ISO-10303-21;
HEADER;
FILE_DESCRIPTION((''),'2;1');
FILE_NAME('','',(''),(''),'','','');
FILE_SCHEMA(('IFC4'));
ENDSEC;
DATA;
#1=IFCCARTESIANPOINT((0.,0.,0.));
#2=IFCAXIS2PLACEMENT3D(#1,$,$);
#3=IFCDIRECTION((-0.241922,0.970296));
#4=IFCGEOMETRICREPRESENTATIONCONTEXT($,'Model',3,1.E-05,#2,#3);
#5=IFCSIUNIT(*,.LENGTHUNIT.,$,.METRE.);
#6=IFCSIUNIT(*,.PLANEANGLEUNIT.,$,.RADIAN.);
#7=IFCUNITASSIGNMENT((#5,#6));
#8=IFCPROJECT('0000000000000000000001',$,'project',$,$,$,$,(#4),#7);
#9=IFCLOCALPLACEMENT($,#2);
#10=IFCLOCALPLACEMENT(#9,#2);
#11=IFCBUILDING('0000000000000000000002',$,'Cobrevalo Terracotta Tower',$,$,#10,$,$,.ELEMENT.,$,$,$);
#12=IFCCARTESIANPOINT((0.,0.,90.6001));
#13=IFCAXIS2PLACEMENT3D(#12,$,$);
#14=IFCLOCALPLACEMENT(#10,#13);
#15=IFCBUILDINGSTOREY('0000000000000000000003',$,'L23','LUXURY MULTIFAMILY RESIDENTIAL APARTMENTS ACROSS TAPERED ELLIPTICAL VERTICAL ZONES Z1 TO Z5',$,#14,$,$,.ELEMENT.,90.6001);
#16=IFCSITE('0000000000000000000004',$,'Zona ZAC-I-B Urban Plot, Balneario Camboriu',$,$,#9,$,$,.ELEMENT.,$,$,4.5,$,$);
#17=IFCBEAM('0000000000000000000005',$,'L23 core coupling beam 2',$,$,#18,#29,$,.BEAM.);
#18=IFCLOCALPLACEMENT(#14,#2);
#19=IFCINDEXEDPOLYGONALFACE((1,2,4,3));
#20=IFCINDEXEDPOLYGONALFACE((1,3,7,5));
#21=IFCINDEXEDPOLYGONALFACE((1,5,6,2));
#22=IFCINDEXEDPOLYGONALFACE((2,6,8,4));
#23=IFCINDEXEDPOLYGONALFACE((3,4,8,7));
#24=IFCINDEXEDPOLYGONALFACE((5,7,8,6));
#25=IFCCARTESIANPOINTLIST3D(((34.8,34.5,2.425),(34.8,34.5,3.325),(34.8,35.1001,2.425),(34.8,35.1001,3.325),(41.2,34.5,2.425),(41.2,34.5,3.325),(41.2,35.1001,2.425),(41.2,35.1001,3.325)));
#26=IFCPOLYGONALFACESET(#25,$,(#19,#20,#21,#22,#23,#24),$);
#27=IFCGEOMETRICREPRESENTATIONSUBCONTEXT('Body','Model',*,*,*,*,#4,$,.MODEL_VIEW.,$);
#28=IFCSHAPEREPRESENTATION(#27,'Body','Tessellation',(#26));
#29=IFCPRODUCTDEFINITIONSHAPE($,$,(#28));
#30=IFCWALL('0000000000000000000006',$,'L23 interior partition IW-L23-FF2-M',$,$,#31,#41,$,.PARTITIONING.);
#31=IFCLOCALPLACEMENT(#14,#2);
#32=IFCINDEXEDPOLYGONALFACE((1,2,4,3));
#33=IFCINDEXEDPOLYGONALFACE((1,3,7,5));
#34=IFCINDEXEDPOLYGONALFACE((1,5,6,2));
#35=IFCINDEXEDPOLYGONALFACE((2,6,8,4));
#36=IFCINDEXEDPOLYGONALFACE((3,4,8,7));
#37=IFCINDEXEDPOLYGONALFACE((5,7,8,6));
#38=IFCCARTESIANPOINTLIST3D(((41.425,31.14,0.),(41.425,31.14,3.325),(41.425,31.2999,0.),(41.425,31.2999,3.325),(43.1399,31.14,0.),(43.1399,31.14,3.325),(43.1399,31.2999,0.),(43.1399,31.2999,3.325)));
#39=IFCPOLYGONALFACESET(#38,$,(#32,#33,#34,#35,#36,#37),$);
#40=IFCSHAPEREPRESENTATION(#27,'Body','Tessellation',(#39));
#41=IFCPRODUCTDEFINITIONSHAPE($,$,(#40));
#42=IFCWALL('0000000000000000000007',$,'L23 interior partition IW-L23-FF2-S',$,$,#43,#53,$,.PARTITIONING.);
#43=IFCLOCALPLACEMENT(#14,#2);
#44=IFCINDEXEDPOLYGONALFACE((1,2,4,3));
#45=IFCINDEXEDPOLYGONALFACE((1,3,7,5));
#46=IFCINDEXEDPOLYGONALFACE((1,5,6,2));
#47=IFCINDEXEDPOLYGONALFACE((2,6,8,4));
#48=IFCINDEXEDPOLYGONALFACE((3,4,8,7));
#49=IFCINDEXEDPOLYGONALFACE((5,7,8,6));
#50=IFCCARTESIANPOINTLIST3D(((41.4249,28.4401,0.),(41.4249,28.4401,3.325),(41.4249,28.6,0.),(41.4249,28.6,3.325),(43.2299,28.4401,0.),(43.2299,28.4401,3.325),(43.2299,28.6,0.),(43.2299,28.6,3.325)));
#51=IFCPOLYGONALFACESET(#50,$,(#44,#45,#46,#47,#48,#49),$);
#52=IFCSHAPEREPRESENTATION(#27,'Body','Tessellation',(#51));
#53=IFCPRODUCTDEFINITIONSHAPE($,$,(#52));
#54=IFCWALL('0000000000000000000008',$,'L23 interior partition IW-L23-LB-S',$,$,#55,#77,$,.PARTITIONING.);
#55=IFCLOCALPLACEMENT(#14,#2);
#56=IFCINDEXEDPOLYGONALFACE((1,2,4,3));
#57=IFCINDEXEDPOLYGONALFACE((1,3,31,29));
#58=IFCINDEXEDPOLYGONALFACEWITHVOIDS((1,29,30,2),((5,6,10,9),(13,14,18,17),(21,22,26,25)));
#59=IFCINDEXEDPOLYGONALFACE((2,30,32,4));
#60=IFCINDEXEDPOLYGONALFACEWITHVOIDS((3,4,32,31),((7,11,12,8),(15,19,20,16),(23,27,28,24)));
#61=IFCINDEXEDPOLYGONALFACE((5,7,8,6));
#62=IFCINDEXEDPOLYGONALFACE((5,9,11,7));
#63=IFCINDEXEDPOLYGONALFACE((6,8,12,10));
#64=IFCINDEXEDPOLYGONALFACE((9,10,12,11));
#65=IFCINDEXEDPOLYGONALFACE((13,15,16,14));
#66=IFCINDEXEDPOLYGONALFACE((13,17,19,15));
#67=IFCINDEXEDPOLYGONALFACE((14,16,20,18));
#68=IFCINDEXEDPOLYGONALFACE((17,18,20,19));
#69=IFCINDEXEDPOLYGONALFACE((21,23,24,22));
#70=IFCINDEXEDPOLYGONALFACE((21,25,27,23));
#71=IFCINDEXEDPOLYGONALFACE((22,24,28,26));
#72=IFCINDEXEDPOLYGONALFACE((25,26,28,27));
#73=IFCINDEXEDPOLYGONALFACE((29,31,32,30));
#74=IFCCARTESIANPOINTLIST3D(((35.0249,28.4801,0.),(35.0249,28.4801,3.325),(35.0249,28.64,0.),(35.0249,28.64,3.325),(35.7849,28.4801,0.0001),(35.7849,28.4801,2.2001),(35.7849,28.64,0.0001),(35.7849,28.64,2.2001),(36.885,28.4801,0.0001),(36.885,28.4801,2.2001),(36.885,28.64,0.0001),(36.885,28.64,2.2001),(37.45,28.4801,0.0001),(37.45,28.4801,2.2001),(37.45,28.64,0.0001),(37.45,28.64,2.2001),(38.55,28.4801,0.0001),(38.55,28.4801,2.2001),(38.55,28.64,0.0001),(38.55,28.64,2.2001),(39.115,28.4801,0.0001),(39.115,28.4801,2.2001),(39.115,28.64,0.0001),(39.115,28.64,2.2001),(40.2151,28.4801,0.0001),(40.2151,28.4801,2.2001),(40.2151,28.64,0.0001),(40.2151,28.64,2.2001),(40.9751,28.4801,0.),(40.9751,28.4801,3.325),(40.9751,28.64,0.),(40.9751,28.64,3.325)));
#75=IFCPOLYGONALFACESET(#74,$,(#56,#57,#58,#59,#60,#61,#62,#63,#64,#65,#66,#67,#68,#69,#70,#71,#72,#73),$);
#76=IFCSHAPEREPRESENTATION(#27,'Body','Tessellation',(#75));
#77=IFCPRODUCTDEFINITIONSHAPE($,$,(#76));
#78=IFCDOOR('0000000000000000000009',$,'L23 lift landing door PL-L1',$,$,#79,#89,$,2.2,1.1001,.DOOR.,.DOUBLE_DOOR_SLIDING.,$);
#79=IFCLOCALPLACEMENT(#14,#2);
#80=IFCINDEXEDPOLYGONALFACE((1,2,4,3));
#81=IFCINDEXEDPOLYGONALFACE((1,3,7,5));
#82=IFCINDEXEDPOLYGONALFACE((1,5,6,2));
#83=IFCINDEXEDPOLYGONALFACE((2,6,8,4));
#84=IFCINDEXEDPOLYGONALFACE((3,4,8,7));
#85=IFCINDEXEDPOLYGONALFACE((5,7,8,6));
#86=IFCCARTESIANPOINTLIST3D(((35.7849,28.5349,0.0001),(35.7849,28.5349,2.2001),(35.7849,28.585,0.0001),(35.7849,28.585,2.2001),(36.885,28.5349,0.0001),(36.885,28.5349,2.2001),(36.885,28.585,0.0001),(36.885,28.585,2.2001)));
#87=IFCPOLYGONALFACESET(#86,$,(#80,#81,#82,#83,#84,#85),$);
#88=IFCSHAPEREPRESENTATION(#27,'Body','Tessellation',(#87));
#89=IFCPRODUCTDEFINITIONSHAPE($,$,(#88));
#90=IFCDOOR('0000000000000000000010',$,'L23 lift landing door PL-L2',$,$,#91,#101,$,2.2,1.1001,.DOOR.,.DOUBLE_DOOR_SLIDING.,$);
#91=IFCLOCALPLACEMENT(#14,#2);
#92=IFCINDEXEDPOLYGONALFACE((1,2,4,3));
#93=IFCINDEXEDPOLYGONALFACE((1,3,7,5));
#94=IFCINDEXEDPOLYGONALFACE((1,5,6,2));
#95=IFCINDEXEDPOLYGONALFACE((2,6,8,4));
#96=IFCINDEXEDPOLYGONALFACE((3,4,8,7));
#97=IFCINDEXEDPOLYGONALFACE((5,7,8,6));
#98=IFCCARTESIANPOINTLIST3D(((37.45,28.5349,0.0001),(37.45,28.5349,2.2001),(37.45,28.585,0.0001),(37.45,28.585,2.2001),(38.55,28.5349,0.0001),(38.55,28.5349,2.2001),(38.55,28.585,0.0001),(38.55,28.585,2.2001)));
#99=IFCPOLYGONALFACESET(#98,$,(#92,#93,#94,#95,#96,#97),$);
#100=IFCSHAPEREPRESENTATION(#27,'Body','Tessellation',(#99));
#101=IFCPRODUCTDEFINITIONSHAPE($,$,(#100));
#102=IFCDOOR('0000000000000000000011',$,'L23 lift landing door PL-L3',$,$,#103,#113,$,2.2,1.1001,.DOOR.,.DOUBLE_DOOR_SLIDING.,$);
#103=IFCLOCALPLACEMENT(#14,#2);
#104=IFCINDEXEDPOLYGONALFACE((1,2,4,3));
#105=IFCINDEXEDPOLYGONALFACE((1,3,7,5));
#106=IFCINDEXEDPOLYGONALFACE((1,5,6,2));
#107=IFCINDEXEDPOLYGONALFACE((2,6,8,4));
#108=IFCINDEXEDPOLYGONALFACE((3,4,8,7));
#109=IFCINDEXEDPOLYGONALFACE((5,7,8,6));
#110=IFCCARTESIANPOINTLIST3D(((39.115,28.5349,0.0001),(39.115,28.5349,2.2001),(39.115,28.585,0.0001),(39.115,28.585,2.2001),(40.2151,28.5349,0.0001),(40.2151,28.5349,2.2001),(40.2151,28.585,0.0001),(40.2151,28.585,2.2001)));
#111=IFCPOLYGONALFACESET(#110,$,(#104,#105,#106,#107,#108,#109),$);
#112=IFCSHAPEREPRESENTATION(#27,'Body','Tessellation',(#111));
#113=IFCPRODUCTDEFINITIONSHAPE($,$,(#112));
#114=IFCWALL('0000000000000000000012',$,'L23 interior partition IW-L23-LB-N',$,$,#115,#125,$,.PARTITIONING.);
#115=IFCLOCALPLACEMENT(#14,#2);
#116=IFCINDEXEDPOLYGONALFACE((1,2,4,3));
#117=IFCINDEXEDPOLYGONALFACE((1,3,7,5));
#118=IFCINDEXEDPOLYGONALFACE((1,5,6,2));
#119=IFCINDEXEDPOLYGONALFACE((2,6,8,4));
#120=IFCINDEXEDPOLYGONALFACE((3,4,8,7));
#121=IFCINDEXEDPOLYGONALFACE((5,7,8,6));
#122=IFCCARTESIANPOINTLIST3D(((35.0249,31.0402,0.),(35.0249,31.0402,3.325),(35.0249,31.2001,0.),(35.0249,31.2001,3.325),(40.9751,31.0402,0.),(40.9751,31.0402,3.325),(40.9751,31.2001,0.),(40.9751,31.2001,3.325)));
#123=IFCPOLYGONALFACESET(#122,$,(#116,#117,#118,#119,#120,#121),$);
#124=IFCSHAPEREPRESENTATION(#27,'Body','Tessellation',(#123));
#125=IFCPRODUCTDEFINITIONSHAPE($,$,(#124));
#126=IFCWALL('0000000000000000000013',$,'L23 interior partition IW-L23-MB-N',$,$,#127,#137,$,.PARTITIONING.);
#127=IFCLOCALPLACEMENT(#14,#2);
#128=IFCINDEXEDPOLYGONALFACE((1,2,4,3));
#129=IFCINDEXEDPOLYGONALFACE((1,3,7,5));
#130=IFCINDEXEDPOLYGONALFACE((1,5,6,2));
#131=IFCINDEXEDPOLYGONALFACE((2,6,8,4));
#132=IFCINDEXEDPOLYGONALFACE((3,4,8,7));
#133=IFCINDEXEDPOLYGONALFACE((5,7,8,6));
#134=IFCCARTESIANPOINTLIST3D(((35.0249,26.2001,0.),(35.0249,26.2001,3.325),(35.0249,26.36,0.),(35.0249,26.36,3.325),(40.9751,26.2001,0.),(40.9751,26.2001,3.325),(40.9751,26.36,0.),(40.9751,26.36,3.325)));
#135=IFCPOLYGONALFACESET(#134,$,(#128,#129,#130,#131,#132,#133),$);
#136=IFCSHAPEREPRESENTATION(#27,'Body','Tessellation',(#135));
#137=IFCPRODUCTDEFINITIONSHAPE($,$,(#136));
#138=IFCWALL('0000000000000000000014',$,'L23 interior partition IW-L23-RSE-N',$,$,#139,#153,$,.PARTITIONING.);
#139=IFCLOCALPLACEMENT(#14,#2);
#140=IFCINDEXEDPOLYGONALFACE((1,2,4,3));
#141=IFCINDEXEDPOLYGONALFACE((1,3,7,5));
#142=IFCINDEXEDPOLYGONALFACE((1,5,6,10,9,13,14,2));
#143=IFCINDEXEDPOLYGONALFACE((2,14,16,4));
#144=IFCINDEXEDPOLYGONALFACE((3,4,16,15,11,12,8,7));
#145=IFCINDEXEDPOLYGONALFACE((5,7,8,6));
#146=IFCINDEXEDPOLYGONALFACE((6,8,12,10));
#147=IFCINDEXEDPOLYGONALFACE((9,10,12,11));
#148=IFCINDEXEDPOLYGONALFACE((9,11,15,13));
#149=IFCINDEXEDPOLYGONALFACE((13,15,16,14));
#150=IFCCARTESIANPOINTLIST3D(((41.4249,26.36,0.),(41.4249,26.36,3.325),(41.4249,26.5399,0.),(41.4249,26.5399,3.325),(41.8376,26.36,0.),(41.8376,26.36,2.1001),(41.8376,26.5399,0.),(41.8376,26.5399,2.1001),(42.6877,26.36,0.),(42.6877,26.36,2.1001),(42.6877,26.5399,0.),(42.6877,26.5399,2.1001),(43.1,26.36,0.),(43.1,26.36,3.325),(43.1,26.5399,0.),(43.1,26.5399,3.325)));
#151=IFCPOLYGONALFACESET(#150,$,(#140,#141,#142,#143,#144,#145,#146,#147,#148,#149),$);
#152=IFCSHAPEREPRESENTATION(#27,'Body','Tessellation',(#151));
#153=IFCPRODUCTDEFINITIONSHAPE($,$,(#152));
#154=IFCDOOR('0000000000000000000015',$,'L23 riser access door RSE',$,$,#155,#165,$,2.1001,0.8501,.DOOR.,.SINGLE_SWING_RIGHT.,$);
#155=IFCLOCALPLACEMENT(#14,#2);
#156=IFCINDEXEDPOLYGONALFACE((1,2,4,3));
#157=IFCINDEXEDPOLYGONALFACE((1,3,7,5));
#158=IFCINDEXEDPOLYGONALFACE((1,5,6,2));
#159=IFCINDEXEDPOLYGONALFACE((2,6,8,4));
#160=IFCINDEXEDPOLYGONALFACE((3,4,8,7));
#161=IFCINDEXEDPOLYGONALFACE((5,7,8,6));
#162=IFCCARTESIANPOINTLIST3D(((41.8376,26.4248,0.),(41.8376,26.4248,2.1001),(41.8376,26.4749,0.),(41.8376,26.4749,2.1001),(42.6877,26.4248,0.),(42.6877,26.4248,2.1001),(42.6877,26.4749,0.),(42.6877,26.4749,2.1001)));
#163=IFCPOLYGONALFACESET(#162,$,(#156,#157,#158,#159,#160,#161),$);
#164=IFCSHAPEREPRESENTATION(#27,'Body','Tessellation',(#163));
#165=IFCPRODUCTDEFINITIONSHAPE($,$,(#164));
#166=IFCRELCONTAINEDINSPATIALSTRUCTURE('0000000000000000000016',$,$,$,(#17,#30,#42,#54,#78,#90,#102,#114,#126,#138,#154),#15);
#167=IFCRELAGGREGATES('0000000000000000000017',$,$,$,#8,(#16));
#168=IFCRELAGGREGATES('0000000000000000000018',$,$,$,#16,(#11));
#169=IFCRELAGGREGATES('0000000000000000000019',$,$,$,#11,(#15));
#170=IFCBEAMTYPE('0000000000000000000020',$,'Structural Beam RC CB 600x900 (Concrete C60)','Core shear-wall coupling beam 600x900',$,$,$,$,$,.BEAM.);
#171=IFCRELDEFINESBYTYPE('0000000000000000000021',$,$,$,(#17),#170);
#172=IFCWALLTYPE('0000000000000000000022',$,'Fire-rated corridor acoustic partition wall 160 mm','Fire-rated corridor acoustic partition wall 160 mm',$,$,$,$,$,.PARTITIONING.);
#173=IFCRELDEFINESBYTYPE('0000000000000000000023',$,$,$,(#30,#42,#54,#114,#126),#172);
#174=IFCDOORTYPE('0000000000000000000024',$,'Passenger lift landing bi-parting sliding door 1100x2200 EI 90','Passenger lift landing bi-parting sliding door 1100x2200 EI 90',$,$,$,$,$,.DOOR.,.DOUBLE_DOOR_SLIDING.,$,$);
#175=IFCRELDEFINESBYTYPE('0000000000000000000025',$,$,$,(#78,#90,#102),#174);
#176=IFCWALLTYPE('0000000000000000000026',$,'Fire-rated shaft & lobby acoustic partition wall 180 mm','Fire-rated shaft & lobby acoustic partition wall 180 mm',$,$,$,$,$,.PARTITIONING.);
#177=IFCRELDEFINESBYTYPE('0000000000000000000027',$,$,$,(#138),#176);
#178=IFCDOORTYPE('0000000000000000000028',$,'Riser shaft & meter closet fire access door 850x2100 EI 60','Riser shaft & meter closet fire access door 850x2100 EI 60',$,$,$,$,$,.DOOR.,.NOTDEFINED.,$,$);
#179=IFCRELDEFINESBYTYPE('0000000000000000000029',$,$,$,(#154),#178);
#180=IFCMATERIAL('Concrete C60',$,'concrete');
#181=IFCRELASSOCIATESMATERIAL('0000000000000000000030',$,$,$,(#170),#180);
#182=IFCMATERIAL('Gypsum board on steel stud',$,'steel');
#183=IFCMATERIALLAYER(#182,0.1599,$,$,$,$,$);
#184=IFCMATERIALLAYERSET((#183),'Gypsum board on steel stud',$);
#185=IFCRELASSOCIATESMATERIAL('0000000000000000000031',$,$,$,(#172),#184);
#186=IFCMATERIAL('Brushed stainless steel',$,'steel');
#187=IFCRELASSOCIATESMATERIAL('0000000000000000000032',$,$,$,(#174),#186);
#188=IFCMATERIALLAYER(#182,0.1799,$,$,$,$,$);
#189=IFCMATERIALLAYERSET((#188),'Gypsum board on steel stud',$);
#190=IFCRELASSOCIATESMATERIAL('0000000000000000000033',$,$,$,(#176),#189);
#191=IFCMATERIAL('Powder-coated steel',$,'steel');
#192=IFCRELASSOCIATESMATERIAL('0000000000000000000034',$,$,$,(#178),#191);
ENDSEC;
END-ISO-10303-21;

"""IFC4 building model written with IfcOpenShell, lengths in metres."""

from ifc_helpers import new_model, si_unit, direction, frame, frame_2d, origin, origin_2d, place, context, subcontext, project, spatial, rectangle, extrude, source, transform, mapped, material, layer, layer_set, material_profile, profile_set, type_object, element, fill, save


model = new_model("IFC4")

# Units and contexts
model_context = context("Model", 3, precision=1e-05, world=origin(), true_north=direction((-0.241922, 0.970296)))
body_context = subcontext(model_context, "Body", "Model", "MODEL_VIEW")
ifc_project = project(units=[si_unit("LENGTHUNIT", "METRE"), si_unit("PLANEANGLEUNIT", "RADIAN")], contexts=[model_context])

# Site, building, storey
site_placement = place(None, origin())
site = spatial("IfcSite", under=ifc_project, at=site_placement, Name="Zona ZAC-I-B Urban Plot, Balneario Camboriu", CompositionType="ELEMENT", RefElevation=4.5)
building_placement = place(site_placement, origin())
building = spatial("IfcBuilding", under=site, at=building_placement, Name="Cobrevalo Terracotta Tower", CompositionType="ELEMENT")
storey_placement = place(building_placement, frame((0.0, 0.0, 90.6001)))
storey = spatial("IfcBuildingStorey", under=building, at=storey_placement, Name="L23", Description="LUXURY MULTIFAMILY RESIDENTIAL APARTMENTS ACROSS TAPERED ELLIPTICAL VERTICAL ZONES Z1 TO Z5", CompositionType="ELEMENT", Elevation=90.6001)

# Beam
ifc_material_1 = material(Name="Concrete C60", Category="concrete")
ifc_material_profile = material_profile(ifc_material_1, rectangle(XDim=0.6001, YDim=0.8999, at=origin_2d()), Name="RC CB 600x900")
ifc_profile_set = profile_set([ifc_material_profile], Name="Concrete C60")
beam_type = type_object("IfcBeamType", Name="Structural Beam RC CB 600x900 (Concrete C60)", Description="Core shear-wall coupling beam 600x900", PredefinedType="BEAM", material=ifc_profile_set)
beam_placement = place(storey_placement, frame((34.8, 34.8, 2.875), z_axis=(1.0, 0.0, 0.0), x_axis=(0.0, 1.0, 0.0)))
element("IfcBeam", 1, at=beam_placement, inside=storey, type_object=beam_type, Name="L23 core coupling beam 2", PredefinedType="BEAM", context=body_context, shape_type="SweptSolid", body=[
    extrude(rectangle(XDim=0.6001, YDim=0.8999, at=origin_2d()), origin(), (0.0, 0.0, 1.0), 6.3999),
])

# Walls
ifc_material_2 = material(Name="Gypsum board on steel stud", Category="steel")
ifc_layer_1 = layer(ifc_material_2, 0.1599)
ifc_layer_set_1 = layer_set([ifc_layer_1], Name="Gypsum board on steel stud")
wall_type_1 = type_object("IfcWallType", Name="Fire-rated corridor acoustic partition wall 160 mm", Description="Fire-rated corridor acoustic partition wall 160 mm", PredefinedType="PARTITIONING", material=ifc_layer_set_1)
wall_1_placement = place(storey_placement, frame((41.425, 31.22, 0.0), z_axis=(0.0, 0.0, 1.0), x_axis=(1.0, 0.0, 0.0)))
element("IfcWall", 2, at=wall_1_placement, inside=storey, type_object=wall_type_1, Name="L23 interior partition IW-L23-FF2-M", PredefinedType="PARTITIONING", context=body_context, shape_type="SweptSolid", body=[
    extrude(rectangle(XDim=1.7148, YDim=0.1599, at=frame_2d((0.8574, 0.0))), origin(), (0.0, 0.0, 1.0), 3.325),
])
wall_2_placement = place(storey_placement, frame((41.425, 28.52, 0.0), z_axis=(0.0, 0.0, 1.0), x_axis=(1.0, 0.0, 0.0)))
element("IfcWall", 3, at=wall_2_placement, inside=storey, type_object=wall_type_1, Name="L23 interior partition IW-L23-FF2-S", PredefinedType="PARTITIONING", context=body_context, shape_type="SweptSolid", body=[
    extrude(rectangle(XDim=1.8049, YDim=0.1599, at=frame_2d((0.9023, 0.0))), origin(), (0.0, 0.0, 1.0), 3.325),
])

# Wall, openings, doors
wall_3_placement = place(storey_placement, frame((35.0249, 28.5601, 0.0), z_axis=(0.0, 0.0, 1.0), x_axis=(1.0, 0.0, 0.0)))
wall_3 = element("IfcWall", 4, at=wall_3_placement, inside=storey, type_object=wall_type_1, Name="L23 interior partition IW-L23-LB-S", PredefinedType="PARTITIONING", context=body_context, shape_type="SweptSolid", body=[
    extrude(rectangle(XDim=5.9502, YDim=0.1599, at=frame_2d((2.9751, 0.0))), origin(), (0.0, 0.0, 1.0), 3.325),
])
opening_1_placement = place(wall_3_placement, frame((0.76, 0.0, 0.0)))
opening_1 = element("IfcOpeningElement", 5, at=opening_1_placement, cuts=wall_3, PredefinedType="OPENING", context=body_context, shape_type="SweptSolid", body=[
    extrude(rectangle(XDim=1.1001, YDim=2.2, at=frame_2d((0.55, 1.1001))), frame((0.0, 0.0898, 0.0), z_axis=(0.0, -1.0, 0.0), x_axis=(1.0, 0.0, 0.0)), (0.0, 0.0, 1.0), 0.1799),
])
opening_2_placement = place(wall_3_placement, frame((2.425, 0.0, 0.0)))
opening_2 = element("IfcOpeningElement", 6, at=opening_2_placement, cuts=wall_3, PredefinedType="OPENING", context=body_context, shape_type="SweptSolid", body=[
    extrude(rectangle(XDim=1.1001, YDim=2.2, at=frame_2d((0.55, 1.1001))), frame((0.0, 0.0898, 0.0), z_axis=(0.0, -1.0, 0.0), x_axis=(1.0, 0.0, 0.0)), (0.0, 0.0, 1.0), 0.1799),
])
opening_3_placement = place(wall_3_placement, frame((4.0901, 0.0, 0.0)))
opening_3 = element("IfcOpeningElement", 7, at=opening_3_placement, cuts=wall_3, PredefinedType="OPENING", context=body_context, shape_type="SweptSolid", body=[
    extrude(rectangle(XDim=1.1001, YDim=2.2, at=frame_2d((0.55, 1.1001))), frame((0.0, 0.0898, 0.0), z_axis=(0.0, -1.0, 0.0), x_axis=(1.0, 0.0, 0.0)), (0.0, 0.0, 1.0), 0.1799),
])
ifc_material_3 = material(Name="Brushed stainless steel", Category="steel")
door_type_1 = type_object("IfcDoorType", Name="Passenger lift landing bi-parting sliding door 1100x2200 EI 90", Description="Passenger lift landing bi-parting sliding door 1100x2200 EI 90", OperationType="DOUBLE_DOOR_SLIDING", PredefinedType="DOOR", material=ifc_material_3)
shared_shape_1 = source(origin(), body_context, "Body", "SweptSolid", [
    extrude(rectangle(XDim=1.1001, YDim=2.2, at=frame_2d((0.55, 1.1001))), frame((0.0, 0.0249, 0.0), z_axis=(0.0, -1.0, 0.0), x_axis=(1.0, 0.0, 0.0)), (0.0, 0.0, 1.0), 0.05),
])
door_1_placement = place(opening_1_placement, origin())
door_1 = element("IfcDoor", 8, at=door_1_placement, inside=storey, type_object=door_type_1, Name="L23 lift landing door PL-L1", OperationType="DOUBLE_DOOR_SLIDING", OverallHeight=2.2, OverallWidth=1.1001, PredefinedType="DOOR", context=body_context, shape_type="MappedRepresentation", body=[
    mapped(shared_shape_1, transform((0.0, 0.0, 0.0), scale=1.0)),
])
fill(opening_1, door_1)
door_2_placement = place(opening_2_placement, origin())
door_2 = element("IfcDoor", 9, at=door_2_placement, inside=storey, type_object=door_type_1, Name="L23 lift landing door PL-L2", OperationType="DOUBLE_DOOR_SLIDING", OverallHeight=2.2, OverallWidth=1.1001, PredefinedType="DOOR", context=body_context, shape_type="MappedRepresentation", body=[
    mapped(shared_shape_1, transform((0.0, 0.0, 0.0), scale=1.0)),
])
fill(opening_2, door_2)
door_3_placement = place(opening_3_placement, origin())
door_3 = element("IfcDoor", 10, at=door_3_placement, inside=storey, type_object=door_type_1, Name="L23 lift landing door PL-L3", OperationType="DOUBLE_DOOR_SLIDING", OverallHeight=2.2, OverallWidth=1.1001, PredefinedType="DOOR", context=body_context, shape_type="MappedRepresentation", body=[
    mapped(shared_shape_1, transform((0.0, 0.0, 0.0), scale=1.0)),
])
fill(opening_3, door_3)

# Walls
for number, where, z_axis, x_axis, name in (
    (11, (35.0249, 31.1201, 0.0), (0.0, 0.0, 1.0), (1.0, 0.0, 0.0), "L23 interior partition IW-L23-LB-N"),
    (12, (35.0249, 26.28, 0.0), (0.0, 0.0, 1.0), (1.0, 0.0, 0.0), "L23 interior partition IW-L23-MB-N"),
):
    element("IfcWall", number, at=place(storey_placement, frame(where, z_axis=z_axis, x_axis=x_axis)), inside=storey, type_object=wall_type_1, Name=name, PredefinedType="PARTITIONING", context=body_context, shape_type="SweptSolid", body=[
        extrude(rectangle(XDim=5.9502, YDim=0.1599, at=frame_2d((2.9751, 0.0))), origin(), (0.0, 0.0, 1.0), 3.325),
    ])

# Wall, opening, door
ifc_layer_2 = layer(ifc_material_2, 0.1799)
ifc_layer_set_2 = layer_set([ifc_layer_2], Name="Gypsum board on steel stud")
wall_type_2 = type_object("IfcWallType", Name="Fire-rated shaft & lobby acoustic partition wall 180 mm", Description="Fire-rated shaft & lobby acoustic partition wall 180 mm", PredefinedType="PARTITIONING", material=ifc_layer_set_2)
wall_4_placement = place(storey_placement, frame((41.425, 26.45, 0.0), z_axis=(0.0, 0.0, 1.0), x_axis=(1.0, 0.0, 0.0)))
wall_4 = element("IfcWall", 13, at=wall_4_placement, inside=storey, type_object=wall_type_2, Name="L23 interior partition IW-L23-RSE-N", PredefinedType="PARTITIONING", context=body_context, shape_type="SweptSolid", body=[
    extrude(rectangle(XDim=1.675, YDim=0.1799, at=frame_2d((0.8374, 0.0))), origin(), (0.0, 0.0, 1.0), 3.325),
])
opening_4_placement = place(wall_4_placement, frame((0.4126, 0.0, 0.0)))
opening_4 = element("IfcOpeningElement", 14, at=opening_4_placement, cuts=wall_4, PredefinedType="OPENING", context=body_context, shape_type="SweptSolid", body=[
    extrude(rectangle(XDim=0.8501, YDim=2.1001, at=frame_2d((0.425, 1.05))), frame((0.0, 0.1001, 0.0), z_axis=(0.0, -1.0, 0.0), x_axis=(1.0, 0.0, 0.0)), (0.0, 0.0, 1.0), 0.2),
])
ifc_material_4 = material(Name="Powder-coated steel", Category="steel")
door_type_2 = type_object("IfcDoorType", Name="Riser shaft & meter closet fire access door 850x2100 EI 60", Description="Riser shaft & meter closet fire access door 850x2100 EI 60", OperationType="NOTDEFINED", PredefinedType="DOOR", material=ifc_material_4)
shared_shape_2 = source(origin(), body_context, "Body", "SweptSolid", [
    extrude(rectangle(XDim=0.8501, YDim=2.1001, at=frame_2d((0.425, 1.05))), frame((0.0, 0.0249, 0.0), z_axis=(0.0, -1.0, 0.0), x_axis=(1.0, 0.0, 0.0)), (0.0, 0.0, 1.0), 0.05),
])
door_4_placement = place(opening_4_placement, origin())
door_4 = element("IfcDoor", 15, at=door_4_placement, inside=storey, type_object=door_type_2, Name="L23 riser access door RSE", OperationType="SINGLE_SWING_RIGHT", OverallHeight=2.1001, OverallWidth=0.8501, PredefinedType="DOOR", context=body_context, shape_type="MappedRepresentation", body=[
    mapped(shared_shape_2, transform((0.0, 0.0, 0.0), scale=1.0)),
])
fill(opening_4, door_4)

save(model, "model.ifc")
